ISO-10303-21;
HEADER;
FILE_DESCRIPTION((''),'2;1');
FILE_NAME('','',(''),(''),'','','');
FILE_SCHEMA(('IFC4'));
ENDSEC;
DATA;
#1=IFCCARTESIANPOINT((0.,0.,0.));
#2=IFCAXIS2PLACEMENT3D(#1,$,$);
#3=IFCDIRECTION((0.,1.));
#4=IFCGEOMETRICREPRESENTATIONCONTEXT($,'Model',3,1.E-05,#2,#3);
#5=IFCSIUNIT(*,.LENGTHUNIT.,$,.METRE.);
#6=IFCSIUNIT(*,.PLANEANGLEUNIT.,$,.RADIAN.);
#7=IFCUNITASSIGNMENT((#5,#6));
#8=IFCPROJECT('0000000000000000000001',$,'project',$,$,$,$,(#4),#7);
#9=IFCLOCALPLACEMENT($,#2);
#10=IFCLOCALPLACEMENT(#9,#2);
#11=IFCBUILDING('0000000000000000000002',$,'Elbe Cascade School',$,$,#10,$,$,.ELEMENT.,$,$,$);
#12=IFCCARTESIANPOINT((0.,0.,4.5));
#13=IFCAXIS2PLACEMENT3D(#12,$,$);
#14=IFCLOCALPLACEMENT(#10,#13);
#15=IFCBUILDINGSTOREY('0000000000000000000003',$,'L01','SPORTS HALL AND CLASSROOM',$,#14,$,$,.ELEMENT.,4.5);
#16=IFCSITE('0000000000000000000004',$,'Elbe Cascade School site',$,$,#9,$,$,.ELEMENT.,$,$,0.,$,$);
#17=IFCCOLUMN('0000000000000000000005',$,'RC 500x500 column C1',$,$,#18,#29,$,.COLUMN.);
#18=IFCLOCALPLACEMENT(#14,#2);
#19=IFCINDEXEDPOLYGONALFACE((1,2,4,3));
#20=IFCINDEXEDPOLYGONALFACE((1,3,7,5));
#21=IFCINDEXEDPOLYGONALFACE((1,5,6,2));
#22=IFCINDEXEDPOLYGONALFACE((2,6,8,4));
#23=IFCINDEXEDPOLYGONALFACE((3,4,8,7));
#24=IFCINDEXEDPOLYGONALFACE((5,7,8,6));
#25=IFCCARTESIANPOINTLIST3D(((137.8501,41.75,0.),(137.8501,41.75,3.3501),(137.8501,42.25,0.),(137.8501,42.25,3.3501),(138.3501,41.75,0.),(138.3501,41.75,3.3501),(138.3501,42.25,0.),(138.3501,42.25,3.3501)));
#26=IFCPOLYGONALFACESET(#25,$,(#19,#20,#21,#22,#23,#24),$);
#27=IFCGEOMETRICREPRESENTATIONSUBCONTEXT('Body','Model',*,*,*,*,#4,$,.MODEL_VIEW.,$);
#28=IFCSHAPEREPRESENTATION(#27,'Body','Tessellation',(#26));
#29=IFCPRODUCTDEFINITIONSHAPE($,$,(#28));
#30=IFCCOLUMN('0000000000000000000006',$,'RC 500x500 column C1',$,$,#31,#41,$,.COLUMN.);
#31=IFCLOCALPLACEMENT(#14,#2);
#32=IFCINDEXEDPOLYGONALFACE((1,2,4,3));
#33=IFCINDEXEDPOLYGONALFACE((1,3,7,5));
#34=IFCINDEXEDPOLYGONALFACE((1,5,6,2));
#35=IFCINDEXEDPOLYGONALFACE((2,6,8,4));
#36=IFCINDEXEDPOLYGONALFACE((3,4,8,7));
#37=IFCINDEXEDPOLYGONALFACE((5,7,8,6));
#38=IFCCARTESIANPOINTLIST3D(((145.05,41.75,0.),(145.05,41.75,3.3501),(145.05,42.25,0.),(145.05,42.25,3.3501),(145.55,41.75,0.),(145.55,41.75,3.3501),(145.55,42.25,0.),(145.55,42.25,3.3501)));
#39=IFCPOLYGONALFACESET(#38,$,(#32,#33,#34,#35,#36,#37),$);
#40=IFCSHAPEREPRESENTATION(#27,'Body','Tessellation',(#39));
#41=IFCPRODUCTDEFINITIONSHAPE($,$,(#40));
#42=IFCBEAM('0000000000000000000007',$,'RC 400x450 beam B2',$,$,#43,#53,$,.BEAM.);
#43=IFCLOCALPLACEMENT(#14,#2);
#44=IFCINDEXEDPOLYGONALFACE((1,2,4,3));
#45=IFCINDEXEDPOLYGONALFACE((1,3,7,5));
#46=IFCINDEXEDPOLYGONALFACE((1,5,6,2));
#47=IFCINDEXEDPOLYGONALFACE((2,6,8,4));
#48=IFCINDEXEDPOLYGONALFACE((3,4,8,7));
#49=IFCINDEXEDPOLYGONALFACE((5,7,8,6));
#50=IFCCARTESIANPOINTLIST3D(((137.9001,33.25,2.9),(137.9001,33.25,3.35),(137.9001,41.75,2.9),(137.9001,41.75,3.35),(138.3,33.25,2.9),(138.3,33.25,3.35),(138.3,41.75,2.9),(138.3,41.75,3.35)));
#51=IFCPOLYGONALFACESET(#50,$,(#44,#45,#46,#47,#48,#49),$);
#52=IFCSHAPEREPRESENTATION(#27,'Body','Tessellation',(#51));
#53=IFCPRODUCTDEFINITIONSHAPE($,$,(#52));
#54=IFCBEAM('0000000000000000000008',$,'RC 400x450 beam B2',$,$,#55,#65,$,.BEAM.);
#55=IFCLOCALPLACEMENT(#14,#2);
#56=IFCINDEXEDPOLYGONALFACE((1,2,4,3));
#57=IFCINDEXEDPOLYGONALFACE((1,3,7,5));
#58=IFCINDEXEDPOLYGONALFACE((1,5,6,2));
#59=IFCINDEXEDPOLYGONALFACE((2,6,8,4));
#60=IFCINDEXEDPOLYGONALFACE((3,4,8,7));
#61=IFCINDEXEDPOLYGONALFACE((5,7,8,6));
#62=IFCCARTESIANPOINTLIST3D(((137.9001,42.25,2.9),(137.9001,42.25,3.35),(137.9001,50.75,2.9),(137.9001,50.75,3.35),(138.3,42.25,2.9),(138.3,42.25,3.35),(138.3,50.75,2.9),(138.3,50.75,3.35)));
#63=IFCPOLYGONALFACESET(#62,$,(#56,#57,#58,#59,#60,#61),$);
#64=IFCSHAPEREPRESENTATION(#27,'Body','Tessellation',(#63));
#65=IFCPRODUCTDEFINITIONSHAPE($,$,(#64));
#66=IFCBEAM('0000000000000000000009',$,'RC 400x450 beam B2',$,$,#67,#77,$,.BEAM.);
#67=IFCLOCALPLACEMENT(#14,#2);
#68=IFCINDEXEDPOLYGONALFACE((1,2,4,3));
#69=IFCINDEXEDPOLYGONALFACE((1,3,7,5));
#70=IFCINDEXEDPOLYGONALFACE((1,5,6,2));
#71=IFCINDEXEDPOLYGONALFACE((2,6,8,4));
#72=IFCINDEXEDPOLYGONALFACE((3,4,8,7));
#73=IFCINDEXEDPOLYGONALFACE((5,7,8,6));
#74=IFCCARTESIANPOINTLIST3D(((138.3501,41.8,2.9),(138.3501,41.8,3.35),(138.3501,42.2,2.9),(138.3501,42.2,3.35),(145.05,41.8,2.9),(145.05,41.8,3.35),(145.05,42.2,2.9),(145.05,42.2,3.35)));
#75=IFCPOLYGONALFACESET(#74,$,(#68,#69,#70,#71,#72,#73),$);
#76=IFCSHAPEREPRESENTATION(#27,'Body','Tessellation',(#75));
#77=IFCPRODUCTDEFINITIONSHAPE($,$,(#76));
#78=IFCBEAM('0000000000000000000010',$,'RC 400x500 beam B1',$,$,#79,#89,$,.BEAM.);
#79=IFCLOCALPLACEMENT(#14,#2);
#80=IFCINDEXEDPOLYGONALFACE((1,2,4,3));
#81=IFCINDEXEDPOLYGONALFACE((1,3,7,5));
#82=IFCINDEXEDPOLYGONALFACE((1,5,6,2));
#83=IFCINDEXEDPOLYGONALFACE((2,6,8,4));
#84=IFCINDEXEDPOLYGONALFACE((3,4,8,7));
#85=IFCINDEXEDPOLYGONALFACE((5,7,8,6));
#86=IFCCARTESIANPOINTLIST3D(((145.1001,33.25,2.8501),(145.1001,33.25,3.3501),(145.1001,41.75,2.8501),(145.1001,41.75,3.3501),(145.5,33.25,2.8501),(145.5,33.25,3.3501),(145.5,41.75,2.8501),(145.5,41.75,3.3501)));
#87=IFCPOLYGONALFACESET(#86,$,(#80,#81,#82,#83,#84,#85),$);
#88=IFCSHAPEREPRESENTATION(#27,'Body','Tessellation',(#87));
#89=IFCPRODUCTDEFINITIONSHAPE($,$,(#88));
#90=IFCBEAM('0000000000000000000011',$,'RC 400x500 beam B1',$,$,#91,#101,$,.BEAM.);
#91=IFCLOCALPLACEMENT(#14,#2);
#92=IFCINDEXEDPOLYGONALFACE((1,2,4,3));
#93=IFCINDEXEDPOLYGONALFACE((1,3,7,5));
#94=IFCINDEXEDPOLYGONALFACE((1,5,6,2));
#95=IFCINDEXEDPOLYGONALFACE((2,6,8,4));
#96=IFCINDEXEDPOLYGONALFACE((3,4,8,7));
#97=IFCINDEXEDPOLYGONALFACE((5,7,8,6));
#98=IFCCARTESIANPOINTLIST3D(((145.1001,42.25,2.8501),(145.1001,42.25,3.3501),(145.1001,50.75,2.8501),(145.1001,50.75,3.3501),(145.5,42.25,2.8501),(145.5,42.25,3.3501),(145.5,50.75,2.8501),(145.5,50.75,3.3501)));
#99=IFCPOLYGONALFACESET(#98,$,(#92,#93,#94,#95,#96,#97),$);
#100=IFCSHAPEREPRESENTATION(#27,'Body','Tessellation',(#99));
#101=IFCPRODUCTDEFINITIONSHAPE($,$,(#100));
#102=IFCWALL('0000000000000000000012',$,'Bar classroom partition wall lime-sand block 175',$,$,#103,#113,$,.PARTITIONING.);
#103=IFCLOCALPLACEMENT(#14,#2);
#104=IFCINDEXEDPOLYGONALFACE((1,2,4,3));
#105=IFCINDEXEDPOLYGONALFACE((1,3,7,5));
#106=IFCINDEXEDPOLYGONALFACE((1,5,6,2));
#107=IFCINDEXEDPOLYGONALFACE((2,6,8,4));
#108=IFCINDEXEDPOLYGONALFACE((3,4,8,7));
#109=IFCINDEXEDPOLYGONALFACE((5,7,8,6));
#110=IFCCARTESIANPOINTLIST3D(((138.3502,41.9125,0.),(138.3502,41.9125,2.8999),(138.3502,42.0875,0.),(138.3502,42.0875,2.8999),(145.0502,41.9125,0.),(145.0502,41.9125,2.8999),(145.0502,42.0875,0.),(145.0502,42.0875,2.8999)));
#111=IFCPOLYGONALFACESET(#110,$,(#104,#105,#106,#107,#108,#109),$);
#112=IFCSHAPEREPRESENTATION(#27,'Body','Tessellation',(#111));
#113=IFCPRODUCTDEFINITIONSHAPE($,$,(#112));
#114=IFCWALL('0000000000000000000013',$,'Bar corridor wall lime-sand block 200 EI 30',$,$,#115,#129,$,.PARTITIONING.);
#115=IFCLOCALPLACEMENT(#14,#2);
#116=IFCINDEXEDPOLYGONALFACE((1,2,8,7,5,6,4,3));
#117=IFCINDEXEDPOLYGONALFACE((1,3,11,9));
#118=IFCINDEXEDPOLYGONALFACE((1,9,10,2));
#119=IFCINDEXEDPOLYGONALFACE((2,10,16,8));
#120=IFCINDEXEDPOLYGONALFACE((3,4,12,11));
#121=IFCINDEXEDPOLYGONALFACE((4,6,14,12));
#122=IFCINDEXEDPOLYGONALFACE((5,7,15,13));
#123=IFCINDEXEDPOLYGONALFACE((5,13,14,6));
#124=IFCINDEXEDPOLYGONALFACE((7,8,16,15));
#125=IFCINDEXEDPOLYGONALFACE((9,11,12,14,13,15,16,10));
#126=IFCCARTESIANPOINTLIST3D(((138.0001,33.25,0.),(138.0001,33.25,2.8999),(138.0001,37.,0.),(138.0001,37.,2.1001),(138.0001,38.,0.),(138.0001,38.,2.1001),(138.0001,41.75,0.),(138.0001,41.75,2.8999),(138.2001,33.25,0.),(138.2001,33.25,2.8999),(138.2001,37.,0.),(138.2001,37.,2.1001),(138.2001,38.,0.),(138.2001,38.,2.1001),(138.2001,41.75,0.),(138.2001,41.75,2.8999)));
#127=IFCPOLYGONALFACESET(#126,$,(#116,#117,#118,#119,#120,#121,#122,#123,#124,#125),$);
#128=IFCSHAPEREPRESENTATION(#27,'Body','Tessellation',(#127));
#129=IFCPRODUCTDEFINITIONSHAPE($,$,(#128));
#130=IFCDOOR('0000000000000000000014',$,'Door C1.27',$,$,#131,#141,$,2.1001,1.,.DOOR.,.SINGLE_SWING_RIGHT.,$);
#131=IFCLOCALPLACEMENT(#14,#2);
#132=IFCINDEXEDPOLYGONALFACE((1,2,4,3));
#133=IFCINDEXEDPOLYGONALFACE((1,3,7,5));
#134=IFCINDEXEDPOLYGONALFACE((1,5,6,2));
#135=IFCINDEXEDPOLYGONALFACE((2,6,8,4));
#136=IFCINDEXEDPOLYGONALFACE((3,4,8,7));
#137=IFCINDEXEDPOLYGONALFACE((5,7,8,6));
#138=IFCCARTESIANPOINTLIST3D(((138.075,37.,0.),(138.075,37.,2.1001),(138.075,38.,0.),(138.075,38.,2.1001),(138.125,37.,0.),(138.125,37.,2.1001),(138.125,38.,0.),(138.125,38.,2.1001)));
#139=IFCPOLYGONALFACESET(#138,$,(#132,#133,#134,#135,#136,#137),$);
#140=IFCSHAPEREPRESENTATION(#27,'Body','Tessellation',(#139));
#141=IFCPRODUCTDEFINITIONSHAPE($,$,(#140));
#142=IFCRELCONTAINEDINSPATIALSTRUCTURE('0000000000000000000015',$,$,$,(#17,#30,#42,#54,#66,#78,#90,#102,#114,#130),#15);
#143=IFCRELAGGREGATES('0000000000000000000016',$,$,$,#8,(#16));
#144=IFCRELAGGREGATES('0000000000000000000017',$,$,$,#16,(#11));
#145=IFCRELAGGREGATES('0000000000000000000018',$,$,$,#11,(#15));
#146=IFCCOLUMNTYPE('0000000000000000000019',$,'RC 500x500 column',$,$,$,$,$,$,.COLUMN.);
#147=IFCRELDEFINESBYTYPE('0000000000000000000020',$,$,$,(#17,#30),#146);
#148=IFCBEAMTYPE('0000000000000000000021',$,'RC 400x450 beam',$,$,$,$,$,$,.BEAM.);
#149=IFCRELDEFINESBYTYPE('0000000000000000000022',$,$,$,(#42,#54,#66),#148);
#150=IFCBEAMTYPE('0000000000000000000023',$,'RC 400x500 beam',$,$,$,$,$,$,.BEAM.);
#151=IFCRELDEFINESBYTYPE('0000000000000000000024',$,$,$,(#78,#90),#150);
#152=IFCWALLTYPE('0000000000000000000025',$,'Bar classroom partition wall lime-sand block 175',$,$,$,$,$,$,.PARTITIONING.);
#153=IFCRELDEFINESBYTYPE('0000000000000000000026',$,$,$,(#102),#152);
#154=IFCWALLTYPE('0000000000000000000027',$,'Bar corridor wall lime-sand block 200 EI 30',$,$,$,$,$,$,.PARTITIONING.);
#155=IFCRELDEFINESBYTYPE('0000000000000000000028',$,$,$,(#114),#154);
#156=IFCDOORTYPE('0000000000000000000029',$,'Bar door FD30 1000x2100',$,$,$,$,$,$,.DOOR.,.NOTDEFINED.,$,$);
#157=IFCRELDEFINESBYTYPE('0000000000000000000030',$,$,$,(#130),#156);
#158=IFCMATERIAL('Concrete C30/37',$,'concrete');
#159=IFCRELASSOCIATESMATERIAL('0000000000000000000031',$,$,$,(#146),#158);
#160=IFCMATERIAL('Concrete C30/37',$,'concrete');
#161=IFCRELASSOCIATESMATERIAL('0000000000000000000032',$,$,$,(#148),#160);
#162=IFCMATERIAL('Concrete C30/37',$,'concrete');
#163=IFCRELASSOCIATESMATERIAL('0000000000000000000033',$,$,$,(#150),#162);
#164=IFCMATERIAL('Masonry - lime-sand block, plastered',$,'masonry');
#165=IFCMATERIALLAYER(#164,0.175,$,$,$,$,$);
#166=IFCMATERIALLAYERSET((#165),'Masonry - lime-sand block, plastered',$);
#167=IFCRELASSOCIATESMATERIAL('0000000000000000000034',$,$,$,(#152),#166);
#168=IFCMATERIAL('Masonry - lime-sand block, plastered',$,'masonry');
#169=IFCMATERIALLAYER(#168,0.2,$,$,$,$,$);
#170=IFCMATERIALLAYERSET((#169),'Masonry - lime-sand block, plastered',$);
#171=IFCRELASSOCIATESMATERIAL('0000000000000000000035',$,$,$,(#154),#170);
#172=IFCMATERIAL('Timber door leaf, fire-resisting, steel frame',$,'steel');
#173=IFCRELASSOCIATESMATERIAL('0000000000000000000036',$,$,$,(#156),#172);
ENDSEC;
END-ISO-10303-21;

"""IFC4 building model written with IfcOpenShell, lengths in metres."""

from ifc_helpers import new_model, si_unit, direction, frame, frame_2d, origin, origin_2d, place, context, subcontext, project, spatial, rectangle, extrude, material, layer, layer_set, material_profile, profile_set, type_object, element, fill, save


model = new_model("IFC4")

# Units and contexts
model_context = context("Model", 3, precision=1e-05, world=origin(), true_north=direction((0.0, 1.0)))
body_context = subcontext(model_context, "Body", "Model", "MODEL_VIEW")
ifc_project = project(units=[si_unit("LENGTHUNIT", "METRE"), si_unit("PLANEANGLEUNIT", "RADIAN")], contexts=[model_context])

# Site, building, storey
site_placement = place(None, origin())
site = spatial("IfcSite", under=ifc_project, at=site_placement, Name="Elbe Cascade School site", CompositionType="ELEMENT", RefElevation=0.0)
building_placement = place(site_placement, origin())
building = spatial("IfcBuilding", under=site, at=building_placement, Name="Elbe Cascade School", CompositionType="ELEMENT")
storey_placement = place(building_placement, frame((0.0, 0.0, 4.5)))
storey = spatial("IfcBuildingStorey", under=building, at=storey_placement, Name="L01", Description="SPORTS HALL AND CLASSROOM", CompositionType="ELEMENT", Elevation=4.5)

# Columns
ifc_material_1 = material(Name="Concrete C30/37", Category="concrete")
ifc_material_profile_1 = material_profile(ifc_material_1, rectangle(XDim=0.5, YDim=0.5, at=origin_2d()), Name="RC 500x500")
ifc_profile_set_1 = profile_set([ifc_material_profile_1], Name="Concrete C30/37")
column_type = type_object("IfcColumnType", Name="RC 500x500 column", PredefinedType="COLUMN", material=ifc_profile_set_1)
for number, where, z_axis, x_axis, name in (
    (1, (138.1001, 42.0, 0.0), (0.0, 0.0, 1.0), (1.0, 0.0, 0.0), "RC 500x500 column C1"),
    (2, (145.3, 42.0, 0.0), (0.0, 0.0, 1.0), (1.0, 0.0, 0.0), "RC 500x500 column C1"),
):
    element("IfcColumn", number, at=place(storey_placement, frame(where, z_axis=z_axis, x_axis=x_axis)), inside=storey, type_object=column_type, Name=name, PredefinedType="COLUMN", context=body_context, shape_type="SweptSolid", body=[
        extrude(rectangle(XDim=0.5, YDim=0.5, at=origin_2d()), origin(), (0.0, 0.0, 1.0), 3.3501),
    ])

# Beams
ifc_material_2 = material(Name="Concrete C30/37", Category="concrete")
ifc_material_profile_2 = material_profile(ifc_material_2, rectangle(XDim=0.3999, YDim=0.45, at=origin_2d()), Name="RC 400x450")
ifc_profile_set_2 = profile_set([ifc_material_profile_2], Name="Concrete C30/37")
beam_type_1 = type_object("IfcBeamType", Name="RC 400x450 beam", PredefinedType="BEAM", material=ifc_profile_set_2)
for number, where, z_axis, x_axis, name in (
    (3, (138.1001, 33.25, 3.125), (0.0, 1.0, 0.0), (-1.0, 0.0, 0.0), "RC 400x450 beam B2"),
    (4, (138.1001, 42.25, 3.125), (0.0, 1.0, 0.0), (-1.0, 0.0, 0.0), "RC 400x450 beam B2"),
):
    element("IfcBeam", number, at=place(storey_placement, frame(where, z_axis=z_axis, x_axis=x_axis)), inside=storey, type_object=beam_type_1, Name=name, PredefinedType="BEAM", context=body_context, shape_type="SweptSolid", body=[
        extrude(rectangle(XDim=0.3999, YDim=0.45, at=origin_2d()), origin(), (0.0, 0.0, 1.0), 8.5),
    ])
beam_placement = place(storey_placement, frame((138.3501, 42.0, 3.125), z_axis=(1.0, 0.0, 0.0), x_axis=(0.0, 1.0, 0.0)))
element("IfcBeam", 5, at=beam_placement, inside=storey, type_object=beam_type_1, Name="RC 400x450 beam B2", PredefinedType="BEAM", context=body_context, shape_type="SweptSolid", body=[
    extrude(rectangle(XDim=0.3999, YDim=0.45, at=origin_2d()), origin(), (0.0, 0.0, 1.0), 6.7),
])
ifc_material_3 = material(Name="Concrete C30/37", Category="concrete")
ifc_material_profile_3 = material_profile(ifc_material_3, rectangle(XDim=0.3999, YDim=0.5, at=origin_2d()), Name="RC 400x500")
ifc_profile_set_3 = profile_set([ifc_material_profile_3], Name="Concrete C30/37")
beam_type_2 = type_object("IfcBeamType", Name="RC 400x500 beam", PredefinedType="BEAM", material=ifc_profile_set_3)
for number, where, z_axis, x_axis, name in (
    (6, (145.3, 33.25, 3.1001), (0.0, 1.0, 0.0), (-1.0, 0.0, 0.0), "RC 400x500 beam B1"),
    (7, (145.3, 42.25, 3.1001), (0.0, 1.0, 0.0), (-1.0, 0.0, 0.0), "RC 400x500 beam B1"),
):
    element("IfcBeam", number, at=place(storey_placement, frame(where, z_axis=z_axis, x_axis=x_axis)), inside=storey, type_object=beam_type_2, Name=name, PredefinedType="BEAM", context=body_context, shape_type="SweptSolid", body=[
        extrude(rectangle(XDim=0.3999, YDim=0.5, at=origin_2d()), origin(), (0.0, 0.0, 1.0), 8.5),
    ])

# Wall
ifc_material_4 = material(Name="Masonry - lime-sand block, plastered", Category="masonry")
ifc_layer_1 = layer(ifc_material_4, 0.175)
ifc_layer_set_1 = layer_set([ifc_layer_1], Name="Masonry - lime-sand block, plastered")
wall_type_1 = type_object("IfcWallType", Name="Bar classroom partition wall lime-sand block 175", PredefinedType="PARTITIONING", material=ifc_layer_set_1)
wall_1_placement = place(storey_placement, frame((138.3501, 42.0, 0.0), z_axis=(0.0, 0.0, 1.0), x_axis=(1.0, 0.0, 0.0)))
element("IfcWall", 8, at=wall_1_placement, inside=storey, type_object=wall_type_1, Name="Bar classroom partition wall lime-sand block 175", PredefinedType="PARTITIONING", context=body_context, shape_type="SweptSolid", body=[
    extrude(rectangle(XDim=6.7, YDim=0.175, at=frame_2d((3.3501, 0.0))), origin(), (0.0, 0.0, 1.0), 2.8999),
])

# Wall, opening, door
ifc_material_5 = material(Name="Masonry - lime-sand block, plastered", Category="masonry")
ifc_layer_2 = layer(ifc_material_5, 0.2)
ifc_layer_set_2 = layer_set([ifc_layer_2], Name="Masonry - lime-sand block, plastered")
wall_type_2 = type_object("IfcWallType", Name="Bar corridor wall lime-sand block 200 EI 30", PredefinedType="PARTITIONING", material=ifc_layer_set_2)
wall_2_placement = place(storey_placement, frame((138.1001, 41.75, 0.0), z_axis=(0.0, 0.0, 1.0), x_axis=(0.0, -1.0, 0.0)))
wall_2 = element("IfcWall", 9, at=wall_2_placement, inside=storey, type_object=wall_type_2, Name="Bar corridor wall lime-sand block 200 EI 30", PredefinedType="PARTITIONING", context=body_context, shape_type="SweptSolid", body=[
    extrude(rectangle(XDim=8.5, YDim=0.2, at=frame_2d((4.25, 0.0))), origin(), (0.0, 0.0, 1.0), 2.8999),
])
opening_1_placement = place(wall_2_placement, frame((3.75, 0.0, 0.0)))
opening_1 = element("IfcOpeningElement", 10, at=opening_1_placement, cuts=wall_2, PredefinedType="OPENING", context=body_context, shape_type="SweptSolid", body=[
    extrude(rectangle(XDim=1.0, YDim=2.1001, at=frame_2d((0.5, 1.05))), frame((0.0, 0.1099, 0.0), z_axis=(0.0, -1.0, 0.0), x_axis=(1.0, 0.0, 0.0)), (0.0, 0.0, 1.0), 0.22),
])
ifc_material_6 = material(Name="Timber door leaf, fire-resisting, steel frame", Category="steel")
door_type = type_object("IfcDoorType", Name="Bar door FD30 1000x2100", OperationType="NOTDEFINED", PredefinedType="DOOR", material=ifc_material_6)
door_placement = place(opening_1_placement, origin())
door = element("IfcDoor", 11, at=door_placement, inside=storey, type_object=door_type, Name="Door C1.27", OperationType="SINGLE_SWING_RIGHT", OverallHeight=2.1001, OverallWidth=1.0, PredefinedType="DOOR", context=body_context, shape_type="SweptSolid", body=[
    extrude(rectangle(XDim=1.0, YDim=2.1001, at=frame_2d((0.5, 1.05))), frame((0.0, 0.0249, 0.0), z_axis=(0.0, -1.0, 0.0), x_axis=(1.0, 0.0, 0.0)), (0.0, 0.0, 1.0), 0.05),
])
fill(opening_1, door)

save(model, "model.ifc")
